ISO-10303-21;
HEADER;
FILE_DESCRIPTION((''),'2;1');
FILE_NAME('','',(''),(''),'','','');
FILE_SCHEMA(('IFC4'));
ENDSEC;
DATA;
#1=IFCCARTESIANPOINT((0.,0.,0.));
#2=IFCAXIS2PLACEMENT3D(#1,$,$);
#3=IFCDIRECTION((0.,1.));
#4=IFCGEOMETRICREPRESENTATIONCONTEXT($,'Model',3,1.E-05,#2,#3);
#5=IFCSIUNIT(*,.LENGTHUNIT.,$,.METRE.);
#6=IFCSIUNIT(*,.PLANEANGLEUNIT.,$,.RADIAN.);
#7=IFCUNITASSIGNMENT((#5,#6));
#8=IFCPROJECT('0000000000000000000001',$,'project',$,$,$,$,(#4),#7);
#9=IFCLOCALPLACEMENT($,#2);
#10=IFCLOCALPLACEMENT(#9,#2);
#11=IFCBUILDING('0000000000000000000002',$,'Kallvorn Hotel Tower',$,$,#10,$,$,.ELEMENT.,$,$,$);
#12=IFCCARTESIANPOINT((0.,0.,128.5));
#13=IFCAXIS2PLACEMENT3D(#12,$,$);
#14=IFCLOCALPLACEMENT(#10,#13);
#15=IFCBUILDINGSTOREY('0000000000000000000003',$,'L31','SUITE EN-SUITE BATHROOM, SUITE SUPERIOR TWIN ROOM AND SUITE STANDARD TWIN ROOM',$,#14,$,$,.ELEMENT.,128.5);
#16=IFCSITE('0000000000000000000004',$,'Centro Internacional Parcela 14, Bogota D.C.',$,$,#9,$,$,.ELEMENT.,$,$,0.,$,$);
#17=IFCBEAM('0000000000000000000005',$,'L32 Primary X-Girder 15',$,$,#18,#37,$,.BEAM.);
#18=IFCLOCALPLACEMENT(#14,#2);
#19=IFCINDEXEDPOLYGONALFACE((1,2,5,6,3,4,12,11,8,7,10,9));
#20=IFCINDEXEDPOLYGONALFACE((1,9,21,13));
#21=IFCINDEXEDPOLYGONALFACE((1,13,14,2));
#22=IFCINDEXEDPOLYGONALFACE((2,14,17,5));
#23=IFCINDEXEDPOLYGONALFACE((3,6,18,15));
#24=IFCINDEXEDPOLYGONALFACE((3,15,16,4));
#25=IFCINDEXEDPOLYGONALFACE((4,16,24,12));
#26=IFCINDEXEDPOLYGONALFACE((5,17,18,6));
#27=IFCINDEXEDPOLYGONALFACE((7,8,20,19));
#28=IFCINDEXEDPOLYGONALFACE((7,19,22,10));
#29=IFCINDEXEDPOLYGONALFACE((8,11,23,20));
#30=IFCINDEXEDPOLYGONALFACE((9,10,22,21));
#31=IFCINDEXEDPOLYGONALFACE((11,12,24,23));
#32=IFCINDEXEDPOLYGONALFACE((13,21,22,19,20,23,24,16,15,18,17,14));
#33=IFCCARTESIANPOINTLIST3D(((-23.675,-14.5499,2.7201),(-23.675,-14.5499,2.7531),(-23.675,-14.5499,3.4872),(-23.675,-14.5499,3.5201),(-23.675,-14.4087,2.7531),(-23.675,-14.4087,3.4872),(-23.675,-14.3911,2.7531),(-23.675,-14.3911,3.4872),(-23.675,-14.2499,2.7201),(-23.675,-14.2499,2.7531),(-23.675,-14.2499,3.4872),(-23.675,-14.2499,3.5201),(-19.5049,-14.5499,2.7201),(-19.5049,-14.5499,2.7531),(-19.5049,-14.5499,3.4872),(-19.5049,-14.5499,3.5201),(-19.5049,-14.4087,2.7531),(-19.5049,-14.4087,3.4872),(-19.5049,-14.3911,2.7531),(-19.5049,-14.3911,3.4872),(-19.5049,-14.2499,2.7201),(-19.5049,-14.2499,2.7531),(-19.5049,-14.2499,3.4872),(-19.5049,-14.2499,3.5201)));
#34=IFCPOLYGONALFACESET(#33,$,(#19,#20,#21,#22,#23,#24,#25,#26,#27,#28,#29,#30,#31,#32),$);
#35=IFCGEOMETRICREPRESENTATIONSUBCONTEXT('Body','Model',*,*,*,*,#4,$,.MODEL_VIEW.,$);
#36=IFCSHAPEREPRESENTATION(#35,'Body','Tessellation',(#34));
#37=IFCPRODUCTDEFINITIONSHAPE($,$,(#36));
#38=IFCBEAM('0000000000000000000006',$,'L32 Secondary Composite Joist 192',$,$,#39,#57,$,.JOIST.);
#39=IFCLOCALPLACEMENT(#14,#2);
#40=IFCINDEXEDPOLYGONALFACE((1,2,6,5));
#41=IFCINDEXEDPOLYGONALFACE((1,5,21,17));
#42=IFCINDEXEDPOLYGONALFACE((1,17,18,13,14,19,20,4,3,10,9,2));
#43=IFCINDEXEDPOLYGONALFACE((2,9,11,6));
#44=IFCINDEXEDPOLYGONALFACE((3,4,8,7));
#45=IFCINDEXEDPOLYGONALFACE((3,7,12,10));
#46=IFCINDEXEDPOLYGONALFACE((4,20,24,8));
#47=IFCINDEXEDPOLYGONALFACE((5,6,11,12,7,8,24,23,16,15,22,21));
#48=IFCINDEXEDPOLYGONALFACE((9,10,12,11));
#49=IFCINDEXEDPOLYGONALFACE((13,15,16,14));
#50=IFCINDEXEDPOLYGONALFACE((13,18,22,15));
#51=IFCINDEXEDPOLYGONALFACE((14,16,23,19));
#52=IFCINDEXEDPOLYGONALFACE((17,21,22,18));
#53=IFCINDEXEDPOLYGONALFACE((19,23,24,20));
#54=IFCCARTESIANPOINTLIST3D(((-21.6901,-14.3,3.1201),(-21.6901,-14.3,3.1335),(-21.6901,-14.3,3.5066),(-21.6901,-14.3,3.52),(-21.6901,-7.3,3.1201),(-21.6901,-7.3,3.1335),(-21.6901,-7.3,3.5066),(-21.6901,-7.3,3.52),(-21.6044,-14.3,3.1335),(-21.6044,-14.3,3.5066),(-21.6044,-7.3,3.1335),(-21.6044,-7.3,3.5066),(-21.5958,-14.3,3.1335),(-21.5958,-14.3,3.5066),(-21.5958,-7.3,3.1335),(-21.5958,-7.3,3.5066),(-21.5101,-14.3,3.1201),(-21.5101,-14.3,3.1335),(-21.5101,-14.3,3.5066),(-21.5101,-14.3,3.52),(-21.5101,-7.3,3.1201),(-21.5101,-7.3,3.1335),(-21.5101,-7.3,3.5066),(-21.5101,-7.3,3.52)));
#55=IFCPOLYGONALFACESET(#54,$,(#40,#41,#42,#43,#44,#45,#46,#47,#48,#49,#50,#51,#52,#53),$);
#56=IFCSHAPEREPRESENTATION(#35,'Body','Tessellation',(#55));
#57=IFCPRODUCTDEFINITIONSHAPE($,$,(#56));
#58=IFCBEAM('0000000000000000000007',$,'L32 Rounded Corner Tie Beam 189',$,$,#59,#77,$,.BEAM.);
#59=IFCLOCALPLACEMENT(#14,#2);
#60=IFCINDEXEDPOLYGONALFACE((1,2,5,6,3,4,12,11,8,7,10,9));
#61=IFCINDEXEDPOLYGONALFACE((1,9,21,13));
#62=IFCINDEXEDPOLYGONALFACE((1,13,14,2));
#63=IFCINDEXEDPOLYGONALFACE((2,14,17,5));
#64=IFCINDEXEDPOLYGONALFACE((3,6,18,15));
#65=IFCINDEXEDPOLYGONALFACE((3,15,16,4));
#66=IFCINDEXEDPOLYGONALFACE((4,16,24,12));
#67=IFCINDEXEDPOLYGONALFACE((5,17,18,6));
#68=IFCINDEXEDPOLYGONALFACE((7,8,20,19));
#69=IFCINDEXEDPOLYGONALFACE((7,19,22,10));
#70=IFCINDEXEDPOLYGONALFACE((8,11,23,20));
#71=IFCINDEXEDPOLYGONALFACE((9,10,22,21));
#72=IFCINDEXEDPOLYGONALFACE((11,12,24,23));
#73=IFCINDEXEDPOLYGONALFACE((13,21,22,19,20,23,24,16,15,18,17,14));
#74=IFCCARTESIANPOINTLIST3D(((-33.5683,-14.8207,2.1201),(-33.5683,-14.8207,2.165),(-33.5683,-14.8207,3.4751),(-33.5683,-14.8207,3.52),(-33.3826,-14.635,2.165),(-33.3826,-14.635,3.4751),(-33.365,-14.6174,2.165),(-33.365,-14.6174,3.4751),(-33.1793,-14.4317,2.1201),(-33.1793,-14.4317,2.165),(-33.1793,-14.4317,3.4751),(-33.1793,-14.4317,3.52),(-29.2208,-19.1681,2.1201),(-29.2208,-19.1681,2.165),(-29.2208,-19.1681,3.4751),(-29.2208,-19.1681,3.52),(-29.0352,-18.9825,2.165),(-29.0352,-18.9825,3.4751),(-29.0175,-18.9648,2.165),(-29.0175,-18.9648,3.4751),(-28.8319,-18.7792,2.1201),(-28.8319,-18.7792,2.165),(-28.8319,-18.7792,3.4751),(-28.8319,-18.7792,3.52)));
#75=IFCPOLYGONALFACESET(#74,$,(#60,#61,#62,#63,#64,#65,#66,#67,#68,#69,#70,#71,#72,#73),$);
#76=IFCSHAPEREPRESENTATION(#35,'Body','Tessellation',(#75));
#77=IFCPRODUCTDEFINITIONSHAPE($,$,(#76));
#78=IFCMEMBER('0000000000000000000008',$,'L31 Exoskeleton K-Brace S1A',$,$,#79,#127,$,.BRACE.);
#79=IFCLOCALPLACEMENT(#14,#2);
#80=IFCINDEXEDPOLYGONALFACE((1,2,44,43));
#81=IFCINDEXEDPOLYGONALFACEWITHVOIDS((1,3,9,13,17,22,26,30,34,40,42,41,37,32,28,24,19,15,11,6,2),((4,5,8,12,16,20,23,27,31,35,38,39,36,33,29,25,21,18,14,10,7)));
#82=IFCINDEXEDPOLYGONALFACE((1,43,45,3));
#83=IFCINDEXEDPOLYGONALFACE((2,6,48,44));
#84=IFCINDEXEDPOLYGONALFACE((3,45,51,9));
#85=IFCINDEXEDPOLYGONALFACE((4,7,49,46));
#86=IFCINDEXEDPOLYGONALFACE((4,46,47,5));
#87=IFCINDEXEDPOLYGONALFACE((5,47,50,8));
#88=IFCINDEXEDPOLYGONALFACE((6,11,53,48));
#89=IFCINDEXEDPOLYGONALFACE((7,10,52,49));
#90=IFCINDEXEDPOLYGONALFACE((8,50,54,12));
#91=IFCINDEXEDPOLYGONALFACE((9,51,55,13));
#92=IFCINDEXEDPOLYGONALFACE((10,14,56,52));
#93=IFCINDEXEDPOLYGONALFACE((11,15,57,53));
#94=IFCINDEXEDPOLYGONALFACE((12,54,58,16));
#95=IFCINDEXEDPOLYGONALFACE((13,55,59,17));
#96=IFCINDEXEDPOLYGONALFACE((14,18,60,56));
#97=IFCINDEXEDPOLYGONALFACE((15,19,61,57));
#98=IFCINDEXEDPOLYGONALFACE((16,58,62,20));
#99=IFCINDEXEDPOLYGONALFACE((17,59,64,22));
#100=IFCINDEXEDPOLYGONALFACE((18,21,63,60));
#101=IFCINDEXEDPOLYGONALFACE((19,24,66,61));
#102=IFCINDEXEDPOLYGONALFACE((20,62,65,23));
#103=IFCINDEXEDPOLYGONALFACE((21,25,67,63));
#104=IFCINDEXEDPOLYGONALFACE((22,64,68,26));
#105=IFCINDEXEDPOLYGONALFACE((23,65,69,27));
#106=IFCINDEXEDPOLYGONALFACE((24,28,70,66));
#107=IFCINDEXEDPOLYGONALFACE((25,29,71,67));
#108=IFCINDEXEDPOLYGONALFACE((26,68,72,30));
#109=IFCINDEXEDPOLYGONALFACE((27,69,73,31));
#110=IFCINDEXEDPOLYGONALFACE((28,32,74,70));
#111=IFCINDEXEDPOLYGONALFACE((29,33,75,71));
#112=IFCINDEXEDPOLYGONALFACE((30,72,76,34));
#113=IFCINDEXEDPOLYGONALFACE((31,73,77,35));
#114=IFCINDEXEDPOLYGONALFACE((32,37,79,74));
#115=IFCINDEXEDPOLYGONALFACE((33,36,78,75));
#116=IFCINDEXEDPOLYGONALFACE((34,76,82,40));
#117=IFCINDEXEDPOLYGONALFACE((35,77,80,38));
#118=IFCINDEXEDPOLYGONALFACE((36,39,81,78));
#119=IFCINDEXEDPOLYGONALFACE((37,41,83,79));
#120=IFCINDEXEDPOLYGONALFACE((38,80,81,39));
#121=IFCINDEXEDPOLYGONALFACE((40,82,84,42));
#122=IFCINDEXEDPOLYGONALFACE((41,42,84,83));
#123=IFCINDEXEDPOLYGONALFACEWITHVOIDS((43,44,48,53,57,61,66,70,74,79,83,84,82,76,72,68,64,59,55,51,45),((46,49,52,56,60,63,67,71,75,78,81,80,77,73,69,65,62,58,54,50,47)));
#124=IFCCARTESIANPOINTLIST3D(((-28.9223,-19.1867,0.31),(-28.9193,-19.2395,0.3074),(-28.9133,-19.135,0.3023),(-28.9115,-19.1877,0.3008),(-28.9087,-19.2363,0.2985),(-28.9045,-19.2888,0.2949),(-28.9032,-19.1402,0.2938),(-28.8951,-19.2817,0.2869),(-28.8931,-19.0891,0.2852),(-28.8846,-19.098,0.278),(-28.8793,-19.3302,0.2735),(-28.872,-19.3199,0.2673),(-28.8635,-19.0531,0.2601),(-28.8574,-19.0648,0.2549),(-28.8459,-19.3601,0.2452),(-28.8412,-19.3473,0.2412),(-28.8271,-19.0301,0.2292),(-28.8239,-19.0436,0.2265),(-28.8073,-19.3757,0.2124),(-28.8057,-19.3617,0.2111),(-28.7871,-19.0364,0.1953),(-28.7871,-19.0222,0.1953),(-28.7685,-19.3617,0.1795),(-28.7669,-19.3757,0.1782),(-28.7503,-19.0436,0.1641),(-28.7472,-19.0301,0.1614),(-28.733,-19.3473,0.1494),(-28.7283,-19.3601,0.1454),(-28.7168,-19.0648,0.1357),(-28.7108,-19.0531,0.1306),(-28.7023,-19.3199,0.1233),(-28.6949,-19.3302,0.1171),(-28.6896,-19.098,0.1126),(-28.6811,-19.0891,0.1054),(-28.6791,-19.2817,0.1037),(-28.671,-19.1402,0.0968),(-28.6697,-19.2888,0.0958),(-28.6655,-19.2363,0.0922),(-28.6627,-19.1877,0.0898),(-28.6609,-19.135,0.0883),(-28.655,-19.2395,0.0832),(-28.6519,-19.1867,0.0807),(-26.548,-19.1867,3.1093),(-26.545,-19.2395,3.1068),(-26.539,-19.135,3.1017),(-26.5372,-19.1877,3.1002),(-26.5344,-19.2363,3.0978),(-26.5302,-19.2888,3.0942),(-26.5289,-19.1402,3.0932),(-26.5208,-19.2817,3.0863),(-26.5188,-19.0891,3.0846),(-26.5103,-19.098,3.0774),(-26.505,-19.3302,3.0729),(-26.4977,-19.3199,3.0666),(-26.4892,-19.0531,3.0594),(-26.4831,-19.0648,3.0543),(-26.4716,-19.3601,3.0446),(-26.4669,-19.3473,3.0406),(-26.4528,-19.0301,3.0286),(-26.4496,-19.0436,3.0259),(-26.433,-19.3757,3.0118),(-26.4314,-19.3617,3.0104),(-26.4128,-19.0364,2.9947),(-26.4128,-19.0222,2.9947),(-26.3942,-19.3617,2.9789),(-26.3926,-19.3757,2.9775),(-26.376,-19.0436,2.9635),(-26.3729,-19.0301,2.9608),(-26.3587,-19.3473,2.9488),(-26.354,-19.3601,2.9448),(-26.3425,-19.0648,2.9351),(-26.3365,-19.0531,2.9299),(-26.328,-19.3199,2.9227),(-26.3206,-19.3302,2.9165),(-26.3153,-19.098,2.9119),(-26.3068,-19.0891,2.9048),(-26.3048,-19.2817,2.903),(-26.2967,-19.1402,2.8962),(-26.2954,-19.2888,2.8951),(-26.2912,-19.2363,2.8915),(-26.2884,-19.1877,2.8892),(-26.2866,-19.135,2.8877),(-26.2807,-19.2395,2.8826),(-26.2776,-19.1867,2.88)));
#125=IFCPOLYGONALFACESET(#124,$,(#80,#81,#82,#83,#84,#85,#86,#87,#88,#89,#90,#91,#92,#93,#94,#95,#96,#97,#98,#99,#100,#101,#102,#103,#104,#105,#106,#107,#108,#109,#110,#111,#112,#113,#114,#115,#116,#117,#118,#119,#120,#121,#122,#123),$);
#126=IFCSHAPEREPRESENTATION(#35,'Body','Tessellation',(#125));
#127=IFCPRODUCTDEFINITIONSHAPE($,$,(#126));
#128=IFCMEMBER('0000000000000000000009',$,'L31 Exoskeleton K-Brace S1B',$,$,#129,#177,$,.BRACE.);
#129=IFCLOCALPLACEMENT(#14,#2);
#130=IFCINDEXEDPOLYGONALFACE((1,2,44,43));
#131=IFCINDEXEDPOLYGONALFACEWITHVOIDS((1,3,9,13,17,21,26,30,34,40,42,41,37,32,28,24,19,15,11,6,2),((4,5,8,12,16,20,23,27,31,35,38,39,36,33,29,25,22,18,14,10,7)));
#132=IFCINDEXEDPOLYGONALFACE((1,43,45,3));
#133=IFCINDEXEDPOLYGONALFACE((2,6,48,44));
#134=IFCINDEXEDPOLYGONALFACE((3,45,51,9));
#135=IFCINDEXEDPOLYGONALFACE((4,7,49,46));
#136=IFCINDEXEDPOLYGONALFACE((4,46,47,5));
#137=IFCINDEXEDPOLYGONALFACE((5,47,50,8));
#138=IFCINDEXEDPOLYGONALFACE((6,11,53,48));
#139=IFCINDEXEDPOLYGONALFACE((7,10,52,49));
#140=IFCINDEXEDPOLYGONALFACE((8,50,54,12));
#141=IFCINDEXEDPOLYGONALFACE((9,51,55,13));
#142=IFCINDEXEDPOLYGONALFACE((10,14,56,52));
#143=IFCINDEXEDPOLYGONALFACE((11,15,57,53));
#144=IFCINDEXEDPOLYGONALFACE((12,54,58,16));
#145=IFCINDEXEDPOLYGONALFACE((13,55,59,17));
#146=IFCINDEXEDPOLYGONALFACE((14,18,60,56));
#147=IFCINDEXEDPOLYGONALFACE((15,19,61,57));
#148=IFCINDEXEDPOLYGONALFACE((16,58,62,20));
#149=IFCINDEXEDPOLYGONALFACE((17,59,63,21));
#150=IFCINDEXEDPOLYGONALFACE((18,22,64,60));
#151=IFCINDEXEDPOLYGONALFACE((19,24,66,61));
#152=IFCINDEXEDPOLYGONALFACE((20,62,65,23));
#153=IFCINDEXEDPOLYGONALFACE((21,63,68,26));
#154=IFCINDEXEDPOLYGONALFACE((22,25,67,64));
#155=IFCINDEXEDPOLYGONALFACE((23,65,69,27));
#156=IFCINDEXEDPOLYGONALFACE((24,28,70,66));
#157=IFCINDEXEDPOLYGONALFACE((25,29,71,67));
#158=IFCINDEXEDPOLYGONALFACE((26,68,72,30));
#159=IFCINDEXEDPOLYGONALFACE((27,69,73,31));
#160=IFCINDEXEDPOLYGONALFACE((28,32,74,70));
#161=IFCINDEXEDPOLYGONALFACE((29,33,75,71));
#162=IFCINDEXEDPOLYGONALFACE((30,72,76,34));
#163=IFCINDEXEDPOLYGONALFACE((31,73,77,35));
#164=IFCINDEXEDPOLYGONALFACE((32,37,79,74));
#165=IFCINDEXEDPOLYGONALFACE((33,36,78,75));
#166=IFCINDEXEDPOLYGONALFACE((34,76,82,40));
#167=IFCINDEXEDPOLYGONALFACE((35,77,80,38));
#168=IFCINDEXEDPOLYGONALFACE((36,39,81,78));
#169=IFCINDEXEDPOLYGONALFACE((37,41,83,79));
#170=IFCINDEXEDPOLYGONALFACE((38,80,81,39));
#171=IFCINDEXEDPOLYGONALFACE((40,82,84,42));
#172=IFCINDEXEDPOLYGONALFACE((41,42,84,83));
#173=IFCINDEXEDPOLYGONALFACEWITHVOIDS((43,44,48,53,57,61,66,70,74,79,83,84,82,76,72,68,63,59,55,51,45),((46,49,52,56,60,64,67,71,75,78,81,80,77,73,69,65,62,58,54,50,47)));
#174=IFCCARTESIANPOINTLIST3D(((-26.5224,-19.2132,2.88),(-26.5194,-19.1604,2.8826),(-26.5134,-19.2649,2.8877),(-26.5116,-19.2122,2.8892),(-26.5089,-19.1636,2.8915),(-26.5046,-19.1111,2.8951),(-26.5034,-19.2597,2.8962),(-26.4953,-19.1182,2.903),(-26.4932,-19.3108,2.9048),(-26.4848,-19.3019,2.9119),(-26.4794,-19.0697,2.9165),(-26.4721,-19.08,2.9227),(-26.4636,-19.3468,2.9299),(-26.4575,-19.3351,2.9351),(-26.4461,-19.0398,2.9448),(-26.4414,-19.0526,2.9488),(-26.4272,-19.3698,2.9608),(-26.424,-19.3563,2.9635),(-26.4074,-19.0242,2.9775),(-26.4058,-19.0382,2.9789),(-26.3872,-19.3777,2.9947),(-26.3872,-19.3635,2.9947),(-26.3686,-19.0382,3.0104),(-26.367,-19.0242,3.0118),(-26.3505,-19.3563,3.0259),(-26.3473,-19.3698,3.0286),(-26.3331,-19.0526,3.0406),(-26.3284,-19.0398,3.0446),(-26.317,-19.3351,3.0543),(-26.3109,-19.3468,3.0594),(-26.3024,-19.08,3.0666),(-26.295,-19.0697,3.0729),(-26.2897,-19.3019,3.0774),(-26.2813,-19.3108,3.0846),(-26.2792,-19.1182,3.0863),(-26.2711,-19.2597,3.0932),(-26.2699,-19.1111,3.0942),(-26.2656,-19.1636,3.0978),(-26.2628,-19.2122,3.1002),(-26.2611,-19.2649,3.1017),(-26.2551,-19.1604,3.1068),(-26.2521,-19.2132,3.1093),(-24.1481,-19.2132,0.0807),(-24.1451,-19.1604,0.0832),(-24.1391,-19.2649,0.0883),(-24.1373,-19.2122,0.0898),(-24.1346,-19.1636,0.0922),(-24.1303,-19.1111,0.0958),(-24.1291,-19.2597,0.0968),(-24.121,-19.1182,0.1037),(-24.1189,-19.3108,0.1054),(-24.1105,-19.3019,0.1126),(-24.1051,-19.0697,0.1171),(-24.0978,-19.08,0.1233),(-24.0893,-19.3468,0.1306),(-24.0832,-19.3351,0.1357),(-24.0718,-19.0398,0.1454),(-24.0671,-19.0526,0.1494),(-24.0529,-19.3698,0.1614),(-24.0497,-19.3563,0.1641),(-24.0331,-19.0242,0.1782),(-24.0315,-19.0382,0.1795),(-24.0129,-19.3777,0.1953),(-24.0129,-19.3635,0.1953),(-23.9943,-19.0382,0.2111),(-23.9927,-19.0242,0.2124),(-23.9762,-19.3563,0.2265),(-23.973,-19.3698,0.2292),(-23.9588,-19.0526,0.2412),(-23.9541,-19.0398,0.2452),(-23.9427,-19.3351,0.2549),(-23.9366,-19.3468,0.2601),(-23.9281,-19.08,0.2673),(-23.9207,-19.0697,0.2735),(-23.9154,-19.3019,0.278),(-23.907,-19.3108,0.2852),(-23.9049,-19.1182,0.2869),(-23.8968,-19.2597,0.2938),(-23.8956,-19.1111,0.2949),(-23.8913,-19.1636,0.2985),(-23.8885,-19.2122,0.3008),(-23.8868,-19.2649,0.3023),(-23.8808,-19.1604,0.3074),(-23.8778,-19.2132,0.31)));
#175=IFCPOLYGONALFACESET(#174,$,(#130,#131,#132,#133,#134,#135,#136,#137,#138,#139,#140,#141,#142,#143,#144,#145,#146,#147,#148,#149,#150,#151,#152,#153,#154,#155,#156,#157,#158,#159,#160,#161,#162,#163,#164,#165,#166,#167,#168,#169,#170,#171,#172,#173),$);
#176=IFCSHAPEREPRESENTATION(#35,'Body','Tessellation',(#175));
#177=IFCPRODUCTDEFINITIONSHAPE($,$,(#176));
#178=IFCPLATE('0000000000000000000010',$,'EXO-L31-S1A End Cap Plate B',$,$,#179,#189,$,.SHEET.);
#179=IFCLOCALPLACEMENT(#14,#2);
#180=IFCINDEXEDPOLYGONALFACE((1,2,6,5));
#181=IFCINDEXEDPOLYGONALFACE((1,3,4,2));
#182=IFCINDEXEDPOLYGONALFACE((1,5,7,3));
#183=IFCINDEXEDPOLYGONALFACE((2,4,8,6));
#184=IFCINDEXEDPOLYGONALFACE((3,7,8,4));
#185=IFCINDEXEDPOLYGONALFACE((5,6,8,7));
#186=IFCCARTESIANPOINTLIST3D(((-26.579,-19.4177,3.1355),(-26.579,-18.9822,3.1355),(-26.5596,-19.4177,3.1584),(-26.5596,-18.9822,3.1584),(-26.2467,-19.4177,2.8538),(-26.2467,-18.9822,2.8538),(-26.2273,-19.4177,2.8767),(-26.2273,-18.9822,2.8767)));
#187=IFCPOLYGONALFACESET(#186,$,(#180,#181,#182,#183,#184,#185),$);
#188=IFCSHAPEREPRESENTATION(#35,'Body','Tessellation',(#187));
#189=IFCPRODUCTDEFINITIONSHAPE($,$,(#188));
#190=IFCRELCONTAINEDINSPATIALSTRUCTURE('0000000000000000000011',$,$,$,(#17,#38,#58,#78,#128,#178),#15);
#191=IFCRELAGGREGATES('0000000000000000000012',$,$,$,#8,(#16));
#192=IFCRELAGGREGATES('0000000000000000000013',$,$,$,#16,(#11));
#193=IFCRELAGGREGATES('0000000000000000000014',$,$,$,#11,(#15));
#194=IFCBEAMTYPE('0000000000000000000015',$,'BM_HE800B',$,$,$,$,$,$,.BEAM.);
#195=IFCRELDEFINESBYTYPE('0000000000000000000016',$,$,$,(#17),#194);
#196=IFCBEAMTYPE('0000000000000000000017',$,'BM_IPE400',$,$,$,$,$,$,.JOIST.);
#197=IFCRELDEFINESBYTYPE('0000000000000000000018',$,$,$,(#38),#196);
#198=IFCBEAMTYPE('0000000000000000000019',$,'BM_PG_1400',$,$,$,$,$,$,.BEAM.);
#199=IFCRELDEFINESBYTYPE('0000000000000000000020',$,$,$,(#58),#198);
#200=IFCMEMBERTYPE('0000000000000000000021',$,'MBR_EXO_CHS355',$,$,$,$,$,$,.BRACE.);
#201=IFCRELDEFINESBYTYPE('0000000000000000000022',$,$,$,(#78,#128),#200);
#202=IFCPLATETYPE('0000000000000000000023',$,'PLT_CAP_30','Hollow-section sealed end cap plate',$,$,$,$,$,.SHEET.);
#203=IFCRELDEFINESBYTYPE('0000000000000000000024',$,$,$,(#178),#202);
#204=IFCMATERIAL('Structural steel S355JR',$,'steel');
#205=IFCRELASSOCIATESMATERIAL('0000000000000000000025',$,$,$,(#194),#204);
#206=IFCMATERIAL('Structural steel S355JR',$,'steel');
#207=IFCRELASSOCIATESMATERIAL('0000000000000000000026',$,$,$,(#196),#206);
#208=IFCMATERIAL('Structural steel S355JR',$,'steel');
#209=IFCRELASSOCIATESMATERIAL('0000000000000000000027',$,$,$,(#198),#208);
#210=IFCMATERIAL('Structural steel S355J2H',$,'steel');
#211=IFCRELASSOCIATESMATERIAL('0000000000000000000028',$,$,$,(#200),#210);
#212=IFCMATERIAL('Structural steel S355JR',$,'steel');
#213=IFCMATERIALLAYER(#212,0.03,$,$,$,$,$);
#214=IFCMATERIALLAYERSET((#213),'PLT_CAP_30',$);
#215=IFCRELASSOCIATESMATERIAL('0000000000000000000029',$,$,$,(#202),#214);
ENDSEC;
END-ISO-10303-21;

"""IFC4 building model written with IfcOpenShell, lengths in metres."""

from ifc_helpers import new_model, si_unit, direction, frame, origin, origin_2d, place, context, subcontext, project, spatial, polyline, hollow_circle, i_section, outline, extrude, material, layer, layer_set, material_profile, profile_set, type_object, element, save


model = new_model("IFC4")

# Units and contexts
model_context = context("Model", 3, precision=1e-05, world=origin(), true_north=direction((0.0, 1.0)))
body_context = subcontext(model_context, "Body", "Model", "MODEL_VIEW")
ifc_project = project(units=[si_unit("LENGTHUNIT", "METRE"), si_unit("PLANEANGLEUNIT", "RADIAN")], contexts=[model_context])

# Site, building, storey
site_placement = place(None, origin())
site = spatial("IfcSite", under=ifc_project, at=site_placement, Name="Centro Internacional Parcela 14, Bogota D.C.", CompositionType="ELEMENT", RefElevation=0.0)
building_placement = place(site_placement, origin())
building = spatial("IfcBuilding", under=site, at=building_placement, Name="Kallvorn Hotel Tower", CompositionType="ELEMENT")
storey_placement = place(building_placement, frame((0.0, 0.0, 128.5)))
storey = spatial("IfcBuildingStorey", under=building, at=storey_placement, Name="L31", Description="SUITE EN-SUITE BATHROOM, SUITE SUPERIOR TWIN ROOM AND SUITE STANDARD TWIN ROOM", CompositionType="ELEMENT", Elevation=128.5)

# Beams
ifc_material_1 = material(Name="Structural steel S355JR", Category="steel")
ifc_material_profile_1 = material_profile(ifc_material_1, i_section(OverallWidth=0.3, OverallDepth=0.8, WebThickness=0.0176, FlangeThickness=0.033, at=origin_2d()), Name="HE 800 B")
ifc_profile_set_1 = profile_set([ifc_material_profile_1], Name="Structural steel S355JR")
beam_type_1 = type_object("IfcBeamType", Name="BM_HE800B", PredefinedType="BEAM", material=ifc_profile_set_1)
for number, where, z_axis, x_axis, name in (
    (1, (-23.675, -14.3999, 3.1201), (1.0, 0.0, 0.0), (0.0, 1.0, 0.0), "L32 Primary X-Girder 15"),
):
    element("IfcBeam", number, at=place(storey_placement, frame(where, z_axis=z_axis, x_axis=x_axis)), inside=storey, type_object=beam_type_1, Name=name, PredefinedType="BEAM", context=body_context, shape_type="SweptSolid", body=[
        extrude(i_section(OverallWidth=0.3, OverallDepth=0.8, WebThickness=0.0176, FlangeThickness=0.033, at=origin_2d()), origin(), (0.0, 0.0, 1.0), 4.1702),
    ])
ifc_material_2 = material(Name="Structural steel S355JR", Category="steel")
ifc_material_profile_2 = material_profile(ifc_material_2, i_section(OverallWidth=0.1799, OverallDepth=0.3999, WebThickness=0.0085, FlangeThickness=0.0134, at=origin_2d()), Name="IPE 400")
ifc_profile_set_2 = profile_set([ifc_material_profile_2], Name="Structural steel S355JR")
beam_type_2 = type_object("IfcBeamType", Name="BM_IPE400", PredefinedType="JOIST", material=ifc_profile_set_2)
beam_1_placement = place(storey_placement, frame((-21.6001, -14.3, 3.3201), z_axis=(0.0, 1.0, 0.0), x_axis=(-1.0, 0.0, 0.0)))
element("IfcBeam", 2, at=beam_1_placement, inside=storey, type_object=beam_type_2, Name="L32 Secondary Composite Joist 192", PredefinedType="JOIST", context=body_context, shape_type="SweptSolid", body=[
    extrude(i_section(OverallWidth=0.1799, OverallDepth=0.3999, WebThickness=0.0085, FlangeThickness=0.0134, at=origin_2d()), origin(), (0.0, 0.0, 1.0), 7.0),
])
ifc_material_3 = material(Name="Structural steel S355JR", Category="steel")
ifc_material_profile_3 = material_profile(ifc_material_3, i_section(OverallWidth=0.55, OverallDepth=1.3999, WebThickness=0.0249, FlangeThickness=0.0449, at=origin_2d()), Name="PG 1400x550x25x45")
ifc_profile_set_3 = profile_set([ifc_material_profile_3], Name="Structural steel S355JR")
beam_type_3 = type_object("IfcBeamType", Name="BM_PG_1400", PredefinedType="BEAM", material=ifc_profile_set_3)
beam_2_placement = place(storey_placement, frame((-33.3738, -14.6262, 2.8201), z_axis=(0.707107, -0.707107, 0.0), x_axis=(0.707107, 0.707107, 0.0)))
element("IfcBeam", 3, at=beam_2_placement, inside=storey, type_object=beam_type_3, Name="L32 Rounded Corner Tie Beam 189", PredefinedType="BEAM", context=body_context, shape_type="SweptSolid", body=[
    extrude(i_section(OverallWidth=0.55, OverallDepth=1.3999, WebThickness=0.0249, FlangeThickness=0.0449, at=origin_2d()), origin(), (0.0, 0.0, 1.0), 6.1482),
])

# Members
ifc_material_4 = material(Name="Structural steel S355J2H", Category="steel")
ifc_material_profile_4 = material_profile(ifc_material_4, hollow_circle(Radius=0.1777, WallThickness=0.0142, at=origin_2d()), Name="CHS 355.6x14.2")
ifc_profile_set_4 = profile_set([ifc_material_profile_4], Name="Structural steel S355J2H")
member_type = type_object("IfcMemberType", Name="MBR_EXO_CHS355", PredefinedType="BRACE", material=ifc_profile_set_4)
for number, where, z_axis, x_axis, name in (
    (4, (-28.7871, -19.2, 0.1953), (0.646833, 0.0, 0.762631), (0.0, 1.0, 0.0), "L31 Exoskeleton K-Brace S1A"),
    (5, (-24.0129, -19.2, 0.1953), (-0.646833, 0.0, 0.762631), (0.0, -1.0, 0.0), "L31 Exoskeleton K-Brace S1B"),
):
    element("IfcMember", number, at=place(storey_placement, frame(where, z_axis=z_axis, x_axis=x_axis)), inside=storey, type_object=member_type, Name=name, PredefinedType="BRACE", context=body_context, shape_type="SweptSolid", body=[
        extrude(hollow_circle(Radius=0.1777, WallThickness=0.0142, at=origin_2d()), origin(), (0.0, 0.0, 1.0), 3.6707),
    ])

# Plate
ifc_material_5 = material(Name="Structural steel S355JR", Category="steel")
ifc_layer_1 = layer(ifc_material_5, 0.03)
ifc_layer_set_1 = layer_set([ifc_layer_1], Name="PLT_CAP_30")
plate_type_1 = type_object("IfcPlateType", Name="PLT_CAP_30", Description="Hollow-section sealed end cap plate", PredefinedType="SHEET", material=ifc_layer_set_1)
plate_1_placement = place(storey_placement, frame((-26.2273, -19.4177, 2.8767), z_axis=(0.646721, 0.0, 0.762727), x_axis=(0.0, 1.0, 0.0)))
element("IfcPlate", 6, at=plate_1_placement, inside=storey, type_object=plate_type_1, Name="EXO-L31-S1A End Cap Plate B", PredefinedType="SHEET", context=body_context, shape_type="SweptSolid", body=[
    extrude(outline(polyline([(0.0, 0.0), (0.4355, 0.0), (0.4355, 0.4356), (0.0, 0.4356), (0.0, 0.0)])), origin(), (0.0, 0.0, -1.0), 0.03),
])

save(model, "model.ifc")
